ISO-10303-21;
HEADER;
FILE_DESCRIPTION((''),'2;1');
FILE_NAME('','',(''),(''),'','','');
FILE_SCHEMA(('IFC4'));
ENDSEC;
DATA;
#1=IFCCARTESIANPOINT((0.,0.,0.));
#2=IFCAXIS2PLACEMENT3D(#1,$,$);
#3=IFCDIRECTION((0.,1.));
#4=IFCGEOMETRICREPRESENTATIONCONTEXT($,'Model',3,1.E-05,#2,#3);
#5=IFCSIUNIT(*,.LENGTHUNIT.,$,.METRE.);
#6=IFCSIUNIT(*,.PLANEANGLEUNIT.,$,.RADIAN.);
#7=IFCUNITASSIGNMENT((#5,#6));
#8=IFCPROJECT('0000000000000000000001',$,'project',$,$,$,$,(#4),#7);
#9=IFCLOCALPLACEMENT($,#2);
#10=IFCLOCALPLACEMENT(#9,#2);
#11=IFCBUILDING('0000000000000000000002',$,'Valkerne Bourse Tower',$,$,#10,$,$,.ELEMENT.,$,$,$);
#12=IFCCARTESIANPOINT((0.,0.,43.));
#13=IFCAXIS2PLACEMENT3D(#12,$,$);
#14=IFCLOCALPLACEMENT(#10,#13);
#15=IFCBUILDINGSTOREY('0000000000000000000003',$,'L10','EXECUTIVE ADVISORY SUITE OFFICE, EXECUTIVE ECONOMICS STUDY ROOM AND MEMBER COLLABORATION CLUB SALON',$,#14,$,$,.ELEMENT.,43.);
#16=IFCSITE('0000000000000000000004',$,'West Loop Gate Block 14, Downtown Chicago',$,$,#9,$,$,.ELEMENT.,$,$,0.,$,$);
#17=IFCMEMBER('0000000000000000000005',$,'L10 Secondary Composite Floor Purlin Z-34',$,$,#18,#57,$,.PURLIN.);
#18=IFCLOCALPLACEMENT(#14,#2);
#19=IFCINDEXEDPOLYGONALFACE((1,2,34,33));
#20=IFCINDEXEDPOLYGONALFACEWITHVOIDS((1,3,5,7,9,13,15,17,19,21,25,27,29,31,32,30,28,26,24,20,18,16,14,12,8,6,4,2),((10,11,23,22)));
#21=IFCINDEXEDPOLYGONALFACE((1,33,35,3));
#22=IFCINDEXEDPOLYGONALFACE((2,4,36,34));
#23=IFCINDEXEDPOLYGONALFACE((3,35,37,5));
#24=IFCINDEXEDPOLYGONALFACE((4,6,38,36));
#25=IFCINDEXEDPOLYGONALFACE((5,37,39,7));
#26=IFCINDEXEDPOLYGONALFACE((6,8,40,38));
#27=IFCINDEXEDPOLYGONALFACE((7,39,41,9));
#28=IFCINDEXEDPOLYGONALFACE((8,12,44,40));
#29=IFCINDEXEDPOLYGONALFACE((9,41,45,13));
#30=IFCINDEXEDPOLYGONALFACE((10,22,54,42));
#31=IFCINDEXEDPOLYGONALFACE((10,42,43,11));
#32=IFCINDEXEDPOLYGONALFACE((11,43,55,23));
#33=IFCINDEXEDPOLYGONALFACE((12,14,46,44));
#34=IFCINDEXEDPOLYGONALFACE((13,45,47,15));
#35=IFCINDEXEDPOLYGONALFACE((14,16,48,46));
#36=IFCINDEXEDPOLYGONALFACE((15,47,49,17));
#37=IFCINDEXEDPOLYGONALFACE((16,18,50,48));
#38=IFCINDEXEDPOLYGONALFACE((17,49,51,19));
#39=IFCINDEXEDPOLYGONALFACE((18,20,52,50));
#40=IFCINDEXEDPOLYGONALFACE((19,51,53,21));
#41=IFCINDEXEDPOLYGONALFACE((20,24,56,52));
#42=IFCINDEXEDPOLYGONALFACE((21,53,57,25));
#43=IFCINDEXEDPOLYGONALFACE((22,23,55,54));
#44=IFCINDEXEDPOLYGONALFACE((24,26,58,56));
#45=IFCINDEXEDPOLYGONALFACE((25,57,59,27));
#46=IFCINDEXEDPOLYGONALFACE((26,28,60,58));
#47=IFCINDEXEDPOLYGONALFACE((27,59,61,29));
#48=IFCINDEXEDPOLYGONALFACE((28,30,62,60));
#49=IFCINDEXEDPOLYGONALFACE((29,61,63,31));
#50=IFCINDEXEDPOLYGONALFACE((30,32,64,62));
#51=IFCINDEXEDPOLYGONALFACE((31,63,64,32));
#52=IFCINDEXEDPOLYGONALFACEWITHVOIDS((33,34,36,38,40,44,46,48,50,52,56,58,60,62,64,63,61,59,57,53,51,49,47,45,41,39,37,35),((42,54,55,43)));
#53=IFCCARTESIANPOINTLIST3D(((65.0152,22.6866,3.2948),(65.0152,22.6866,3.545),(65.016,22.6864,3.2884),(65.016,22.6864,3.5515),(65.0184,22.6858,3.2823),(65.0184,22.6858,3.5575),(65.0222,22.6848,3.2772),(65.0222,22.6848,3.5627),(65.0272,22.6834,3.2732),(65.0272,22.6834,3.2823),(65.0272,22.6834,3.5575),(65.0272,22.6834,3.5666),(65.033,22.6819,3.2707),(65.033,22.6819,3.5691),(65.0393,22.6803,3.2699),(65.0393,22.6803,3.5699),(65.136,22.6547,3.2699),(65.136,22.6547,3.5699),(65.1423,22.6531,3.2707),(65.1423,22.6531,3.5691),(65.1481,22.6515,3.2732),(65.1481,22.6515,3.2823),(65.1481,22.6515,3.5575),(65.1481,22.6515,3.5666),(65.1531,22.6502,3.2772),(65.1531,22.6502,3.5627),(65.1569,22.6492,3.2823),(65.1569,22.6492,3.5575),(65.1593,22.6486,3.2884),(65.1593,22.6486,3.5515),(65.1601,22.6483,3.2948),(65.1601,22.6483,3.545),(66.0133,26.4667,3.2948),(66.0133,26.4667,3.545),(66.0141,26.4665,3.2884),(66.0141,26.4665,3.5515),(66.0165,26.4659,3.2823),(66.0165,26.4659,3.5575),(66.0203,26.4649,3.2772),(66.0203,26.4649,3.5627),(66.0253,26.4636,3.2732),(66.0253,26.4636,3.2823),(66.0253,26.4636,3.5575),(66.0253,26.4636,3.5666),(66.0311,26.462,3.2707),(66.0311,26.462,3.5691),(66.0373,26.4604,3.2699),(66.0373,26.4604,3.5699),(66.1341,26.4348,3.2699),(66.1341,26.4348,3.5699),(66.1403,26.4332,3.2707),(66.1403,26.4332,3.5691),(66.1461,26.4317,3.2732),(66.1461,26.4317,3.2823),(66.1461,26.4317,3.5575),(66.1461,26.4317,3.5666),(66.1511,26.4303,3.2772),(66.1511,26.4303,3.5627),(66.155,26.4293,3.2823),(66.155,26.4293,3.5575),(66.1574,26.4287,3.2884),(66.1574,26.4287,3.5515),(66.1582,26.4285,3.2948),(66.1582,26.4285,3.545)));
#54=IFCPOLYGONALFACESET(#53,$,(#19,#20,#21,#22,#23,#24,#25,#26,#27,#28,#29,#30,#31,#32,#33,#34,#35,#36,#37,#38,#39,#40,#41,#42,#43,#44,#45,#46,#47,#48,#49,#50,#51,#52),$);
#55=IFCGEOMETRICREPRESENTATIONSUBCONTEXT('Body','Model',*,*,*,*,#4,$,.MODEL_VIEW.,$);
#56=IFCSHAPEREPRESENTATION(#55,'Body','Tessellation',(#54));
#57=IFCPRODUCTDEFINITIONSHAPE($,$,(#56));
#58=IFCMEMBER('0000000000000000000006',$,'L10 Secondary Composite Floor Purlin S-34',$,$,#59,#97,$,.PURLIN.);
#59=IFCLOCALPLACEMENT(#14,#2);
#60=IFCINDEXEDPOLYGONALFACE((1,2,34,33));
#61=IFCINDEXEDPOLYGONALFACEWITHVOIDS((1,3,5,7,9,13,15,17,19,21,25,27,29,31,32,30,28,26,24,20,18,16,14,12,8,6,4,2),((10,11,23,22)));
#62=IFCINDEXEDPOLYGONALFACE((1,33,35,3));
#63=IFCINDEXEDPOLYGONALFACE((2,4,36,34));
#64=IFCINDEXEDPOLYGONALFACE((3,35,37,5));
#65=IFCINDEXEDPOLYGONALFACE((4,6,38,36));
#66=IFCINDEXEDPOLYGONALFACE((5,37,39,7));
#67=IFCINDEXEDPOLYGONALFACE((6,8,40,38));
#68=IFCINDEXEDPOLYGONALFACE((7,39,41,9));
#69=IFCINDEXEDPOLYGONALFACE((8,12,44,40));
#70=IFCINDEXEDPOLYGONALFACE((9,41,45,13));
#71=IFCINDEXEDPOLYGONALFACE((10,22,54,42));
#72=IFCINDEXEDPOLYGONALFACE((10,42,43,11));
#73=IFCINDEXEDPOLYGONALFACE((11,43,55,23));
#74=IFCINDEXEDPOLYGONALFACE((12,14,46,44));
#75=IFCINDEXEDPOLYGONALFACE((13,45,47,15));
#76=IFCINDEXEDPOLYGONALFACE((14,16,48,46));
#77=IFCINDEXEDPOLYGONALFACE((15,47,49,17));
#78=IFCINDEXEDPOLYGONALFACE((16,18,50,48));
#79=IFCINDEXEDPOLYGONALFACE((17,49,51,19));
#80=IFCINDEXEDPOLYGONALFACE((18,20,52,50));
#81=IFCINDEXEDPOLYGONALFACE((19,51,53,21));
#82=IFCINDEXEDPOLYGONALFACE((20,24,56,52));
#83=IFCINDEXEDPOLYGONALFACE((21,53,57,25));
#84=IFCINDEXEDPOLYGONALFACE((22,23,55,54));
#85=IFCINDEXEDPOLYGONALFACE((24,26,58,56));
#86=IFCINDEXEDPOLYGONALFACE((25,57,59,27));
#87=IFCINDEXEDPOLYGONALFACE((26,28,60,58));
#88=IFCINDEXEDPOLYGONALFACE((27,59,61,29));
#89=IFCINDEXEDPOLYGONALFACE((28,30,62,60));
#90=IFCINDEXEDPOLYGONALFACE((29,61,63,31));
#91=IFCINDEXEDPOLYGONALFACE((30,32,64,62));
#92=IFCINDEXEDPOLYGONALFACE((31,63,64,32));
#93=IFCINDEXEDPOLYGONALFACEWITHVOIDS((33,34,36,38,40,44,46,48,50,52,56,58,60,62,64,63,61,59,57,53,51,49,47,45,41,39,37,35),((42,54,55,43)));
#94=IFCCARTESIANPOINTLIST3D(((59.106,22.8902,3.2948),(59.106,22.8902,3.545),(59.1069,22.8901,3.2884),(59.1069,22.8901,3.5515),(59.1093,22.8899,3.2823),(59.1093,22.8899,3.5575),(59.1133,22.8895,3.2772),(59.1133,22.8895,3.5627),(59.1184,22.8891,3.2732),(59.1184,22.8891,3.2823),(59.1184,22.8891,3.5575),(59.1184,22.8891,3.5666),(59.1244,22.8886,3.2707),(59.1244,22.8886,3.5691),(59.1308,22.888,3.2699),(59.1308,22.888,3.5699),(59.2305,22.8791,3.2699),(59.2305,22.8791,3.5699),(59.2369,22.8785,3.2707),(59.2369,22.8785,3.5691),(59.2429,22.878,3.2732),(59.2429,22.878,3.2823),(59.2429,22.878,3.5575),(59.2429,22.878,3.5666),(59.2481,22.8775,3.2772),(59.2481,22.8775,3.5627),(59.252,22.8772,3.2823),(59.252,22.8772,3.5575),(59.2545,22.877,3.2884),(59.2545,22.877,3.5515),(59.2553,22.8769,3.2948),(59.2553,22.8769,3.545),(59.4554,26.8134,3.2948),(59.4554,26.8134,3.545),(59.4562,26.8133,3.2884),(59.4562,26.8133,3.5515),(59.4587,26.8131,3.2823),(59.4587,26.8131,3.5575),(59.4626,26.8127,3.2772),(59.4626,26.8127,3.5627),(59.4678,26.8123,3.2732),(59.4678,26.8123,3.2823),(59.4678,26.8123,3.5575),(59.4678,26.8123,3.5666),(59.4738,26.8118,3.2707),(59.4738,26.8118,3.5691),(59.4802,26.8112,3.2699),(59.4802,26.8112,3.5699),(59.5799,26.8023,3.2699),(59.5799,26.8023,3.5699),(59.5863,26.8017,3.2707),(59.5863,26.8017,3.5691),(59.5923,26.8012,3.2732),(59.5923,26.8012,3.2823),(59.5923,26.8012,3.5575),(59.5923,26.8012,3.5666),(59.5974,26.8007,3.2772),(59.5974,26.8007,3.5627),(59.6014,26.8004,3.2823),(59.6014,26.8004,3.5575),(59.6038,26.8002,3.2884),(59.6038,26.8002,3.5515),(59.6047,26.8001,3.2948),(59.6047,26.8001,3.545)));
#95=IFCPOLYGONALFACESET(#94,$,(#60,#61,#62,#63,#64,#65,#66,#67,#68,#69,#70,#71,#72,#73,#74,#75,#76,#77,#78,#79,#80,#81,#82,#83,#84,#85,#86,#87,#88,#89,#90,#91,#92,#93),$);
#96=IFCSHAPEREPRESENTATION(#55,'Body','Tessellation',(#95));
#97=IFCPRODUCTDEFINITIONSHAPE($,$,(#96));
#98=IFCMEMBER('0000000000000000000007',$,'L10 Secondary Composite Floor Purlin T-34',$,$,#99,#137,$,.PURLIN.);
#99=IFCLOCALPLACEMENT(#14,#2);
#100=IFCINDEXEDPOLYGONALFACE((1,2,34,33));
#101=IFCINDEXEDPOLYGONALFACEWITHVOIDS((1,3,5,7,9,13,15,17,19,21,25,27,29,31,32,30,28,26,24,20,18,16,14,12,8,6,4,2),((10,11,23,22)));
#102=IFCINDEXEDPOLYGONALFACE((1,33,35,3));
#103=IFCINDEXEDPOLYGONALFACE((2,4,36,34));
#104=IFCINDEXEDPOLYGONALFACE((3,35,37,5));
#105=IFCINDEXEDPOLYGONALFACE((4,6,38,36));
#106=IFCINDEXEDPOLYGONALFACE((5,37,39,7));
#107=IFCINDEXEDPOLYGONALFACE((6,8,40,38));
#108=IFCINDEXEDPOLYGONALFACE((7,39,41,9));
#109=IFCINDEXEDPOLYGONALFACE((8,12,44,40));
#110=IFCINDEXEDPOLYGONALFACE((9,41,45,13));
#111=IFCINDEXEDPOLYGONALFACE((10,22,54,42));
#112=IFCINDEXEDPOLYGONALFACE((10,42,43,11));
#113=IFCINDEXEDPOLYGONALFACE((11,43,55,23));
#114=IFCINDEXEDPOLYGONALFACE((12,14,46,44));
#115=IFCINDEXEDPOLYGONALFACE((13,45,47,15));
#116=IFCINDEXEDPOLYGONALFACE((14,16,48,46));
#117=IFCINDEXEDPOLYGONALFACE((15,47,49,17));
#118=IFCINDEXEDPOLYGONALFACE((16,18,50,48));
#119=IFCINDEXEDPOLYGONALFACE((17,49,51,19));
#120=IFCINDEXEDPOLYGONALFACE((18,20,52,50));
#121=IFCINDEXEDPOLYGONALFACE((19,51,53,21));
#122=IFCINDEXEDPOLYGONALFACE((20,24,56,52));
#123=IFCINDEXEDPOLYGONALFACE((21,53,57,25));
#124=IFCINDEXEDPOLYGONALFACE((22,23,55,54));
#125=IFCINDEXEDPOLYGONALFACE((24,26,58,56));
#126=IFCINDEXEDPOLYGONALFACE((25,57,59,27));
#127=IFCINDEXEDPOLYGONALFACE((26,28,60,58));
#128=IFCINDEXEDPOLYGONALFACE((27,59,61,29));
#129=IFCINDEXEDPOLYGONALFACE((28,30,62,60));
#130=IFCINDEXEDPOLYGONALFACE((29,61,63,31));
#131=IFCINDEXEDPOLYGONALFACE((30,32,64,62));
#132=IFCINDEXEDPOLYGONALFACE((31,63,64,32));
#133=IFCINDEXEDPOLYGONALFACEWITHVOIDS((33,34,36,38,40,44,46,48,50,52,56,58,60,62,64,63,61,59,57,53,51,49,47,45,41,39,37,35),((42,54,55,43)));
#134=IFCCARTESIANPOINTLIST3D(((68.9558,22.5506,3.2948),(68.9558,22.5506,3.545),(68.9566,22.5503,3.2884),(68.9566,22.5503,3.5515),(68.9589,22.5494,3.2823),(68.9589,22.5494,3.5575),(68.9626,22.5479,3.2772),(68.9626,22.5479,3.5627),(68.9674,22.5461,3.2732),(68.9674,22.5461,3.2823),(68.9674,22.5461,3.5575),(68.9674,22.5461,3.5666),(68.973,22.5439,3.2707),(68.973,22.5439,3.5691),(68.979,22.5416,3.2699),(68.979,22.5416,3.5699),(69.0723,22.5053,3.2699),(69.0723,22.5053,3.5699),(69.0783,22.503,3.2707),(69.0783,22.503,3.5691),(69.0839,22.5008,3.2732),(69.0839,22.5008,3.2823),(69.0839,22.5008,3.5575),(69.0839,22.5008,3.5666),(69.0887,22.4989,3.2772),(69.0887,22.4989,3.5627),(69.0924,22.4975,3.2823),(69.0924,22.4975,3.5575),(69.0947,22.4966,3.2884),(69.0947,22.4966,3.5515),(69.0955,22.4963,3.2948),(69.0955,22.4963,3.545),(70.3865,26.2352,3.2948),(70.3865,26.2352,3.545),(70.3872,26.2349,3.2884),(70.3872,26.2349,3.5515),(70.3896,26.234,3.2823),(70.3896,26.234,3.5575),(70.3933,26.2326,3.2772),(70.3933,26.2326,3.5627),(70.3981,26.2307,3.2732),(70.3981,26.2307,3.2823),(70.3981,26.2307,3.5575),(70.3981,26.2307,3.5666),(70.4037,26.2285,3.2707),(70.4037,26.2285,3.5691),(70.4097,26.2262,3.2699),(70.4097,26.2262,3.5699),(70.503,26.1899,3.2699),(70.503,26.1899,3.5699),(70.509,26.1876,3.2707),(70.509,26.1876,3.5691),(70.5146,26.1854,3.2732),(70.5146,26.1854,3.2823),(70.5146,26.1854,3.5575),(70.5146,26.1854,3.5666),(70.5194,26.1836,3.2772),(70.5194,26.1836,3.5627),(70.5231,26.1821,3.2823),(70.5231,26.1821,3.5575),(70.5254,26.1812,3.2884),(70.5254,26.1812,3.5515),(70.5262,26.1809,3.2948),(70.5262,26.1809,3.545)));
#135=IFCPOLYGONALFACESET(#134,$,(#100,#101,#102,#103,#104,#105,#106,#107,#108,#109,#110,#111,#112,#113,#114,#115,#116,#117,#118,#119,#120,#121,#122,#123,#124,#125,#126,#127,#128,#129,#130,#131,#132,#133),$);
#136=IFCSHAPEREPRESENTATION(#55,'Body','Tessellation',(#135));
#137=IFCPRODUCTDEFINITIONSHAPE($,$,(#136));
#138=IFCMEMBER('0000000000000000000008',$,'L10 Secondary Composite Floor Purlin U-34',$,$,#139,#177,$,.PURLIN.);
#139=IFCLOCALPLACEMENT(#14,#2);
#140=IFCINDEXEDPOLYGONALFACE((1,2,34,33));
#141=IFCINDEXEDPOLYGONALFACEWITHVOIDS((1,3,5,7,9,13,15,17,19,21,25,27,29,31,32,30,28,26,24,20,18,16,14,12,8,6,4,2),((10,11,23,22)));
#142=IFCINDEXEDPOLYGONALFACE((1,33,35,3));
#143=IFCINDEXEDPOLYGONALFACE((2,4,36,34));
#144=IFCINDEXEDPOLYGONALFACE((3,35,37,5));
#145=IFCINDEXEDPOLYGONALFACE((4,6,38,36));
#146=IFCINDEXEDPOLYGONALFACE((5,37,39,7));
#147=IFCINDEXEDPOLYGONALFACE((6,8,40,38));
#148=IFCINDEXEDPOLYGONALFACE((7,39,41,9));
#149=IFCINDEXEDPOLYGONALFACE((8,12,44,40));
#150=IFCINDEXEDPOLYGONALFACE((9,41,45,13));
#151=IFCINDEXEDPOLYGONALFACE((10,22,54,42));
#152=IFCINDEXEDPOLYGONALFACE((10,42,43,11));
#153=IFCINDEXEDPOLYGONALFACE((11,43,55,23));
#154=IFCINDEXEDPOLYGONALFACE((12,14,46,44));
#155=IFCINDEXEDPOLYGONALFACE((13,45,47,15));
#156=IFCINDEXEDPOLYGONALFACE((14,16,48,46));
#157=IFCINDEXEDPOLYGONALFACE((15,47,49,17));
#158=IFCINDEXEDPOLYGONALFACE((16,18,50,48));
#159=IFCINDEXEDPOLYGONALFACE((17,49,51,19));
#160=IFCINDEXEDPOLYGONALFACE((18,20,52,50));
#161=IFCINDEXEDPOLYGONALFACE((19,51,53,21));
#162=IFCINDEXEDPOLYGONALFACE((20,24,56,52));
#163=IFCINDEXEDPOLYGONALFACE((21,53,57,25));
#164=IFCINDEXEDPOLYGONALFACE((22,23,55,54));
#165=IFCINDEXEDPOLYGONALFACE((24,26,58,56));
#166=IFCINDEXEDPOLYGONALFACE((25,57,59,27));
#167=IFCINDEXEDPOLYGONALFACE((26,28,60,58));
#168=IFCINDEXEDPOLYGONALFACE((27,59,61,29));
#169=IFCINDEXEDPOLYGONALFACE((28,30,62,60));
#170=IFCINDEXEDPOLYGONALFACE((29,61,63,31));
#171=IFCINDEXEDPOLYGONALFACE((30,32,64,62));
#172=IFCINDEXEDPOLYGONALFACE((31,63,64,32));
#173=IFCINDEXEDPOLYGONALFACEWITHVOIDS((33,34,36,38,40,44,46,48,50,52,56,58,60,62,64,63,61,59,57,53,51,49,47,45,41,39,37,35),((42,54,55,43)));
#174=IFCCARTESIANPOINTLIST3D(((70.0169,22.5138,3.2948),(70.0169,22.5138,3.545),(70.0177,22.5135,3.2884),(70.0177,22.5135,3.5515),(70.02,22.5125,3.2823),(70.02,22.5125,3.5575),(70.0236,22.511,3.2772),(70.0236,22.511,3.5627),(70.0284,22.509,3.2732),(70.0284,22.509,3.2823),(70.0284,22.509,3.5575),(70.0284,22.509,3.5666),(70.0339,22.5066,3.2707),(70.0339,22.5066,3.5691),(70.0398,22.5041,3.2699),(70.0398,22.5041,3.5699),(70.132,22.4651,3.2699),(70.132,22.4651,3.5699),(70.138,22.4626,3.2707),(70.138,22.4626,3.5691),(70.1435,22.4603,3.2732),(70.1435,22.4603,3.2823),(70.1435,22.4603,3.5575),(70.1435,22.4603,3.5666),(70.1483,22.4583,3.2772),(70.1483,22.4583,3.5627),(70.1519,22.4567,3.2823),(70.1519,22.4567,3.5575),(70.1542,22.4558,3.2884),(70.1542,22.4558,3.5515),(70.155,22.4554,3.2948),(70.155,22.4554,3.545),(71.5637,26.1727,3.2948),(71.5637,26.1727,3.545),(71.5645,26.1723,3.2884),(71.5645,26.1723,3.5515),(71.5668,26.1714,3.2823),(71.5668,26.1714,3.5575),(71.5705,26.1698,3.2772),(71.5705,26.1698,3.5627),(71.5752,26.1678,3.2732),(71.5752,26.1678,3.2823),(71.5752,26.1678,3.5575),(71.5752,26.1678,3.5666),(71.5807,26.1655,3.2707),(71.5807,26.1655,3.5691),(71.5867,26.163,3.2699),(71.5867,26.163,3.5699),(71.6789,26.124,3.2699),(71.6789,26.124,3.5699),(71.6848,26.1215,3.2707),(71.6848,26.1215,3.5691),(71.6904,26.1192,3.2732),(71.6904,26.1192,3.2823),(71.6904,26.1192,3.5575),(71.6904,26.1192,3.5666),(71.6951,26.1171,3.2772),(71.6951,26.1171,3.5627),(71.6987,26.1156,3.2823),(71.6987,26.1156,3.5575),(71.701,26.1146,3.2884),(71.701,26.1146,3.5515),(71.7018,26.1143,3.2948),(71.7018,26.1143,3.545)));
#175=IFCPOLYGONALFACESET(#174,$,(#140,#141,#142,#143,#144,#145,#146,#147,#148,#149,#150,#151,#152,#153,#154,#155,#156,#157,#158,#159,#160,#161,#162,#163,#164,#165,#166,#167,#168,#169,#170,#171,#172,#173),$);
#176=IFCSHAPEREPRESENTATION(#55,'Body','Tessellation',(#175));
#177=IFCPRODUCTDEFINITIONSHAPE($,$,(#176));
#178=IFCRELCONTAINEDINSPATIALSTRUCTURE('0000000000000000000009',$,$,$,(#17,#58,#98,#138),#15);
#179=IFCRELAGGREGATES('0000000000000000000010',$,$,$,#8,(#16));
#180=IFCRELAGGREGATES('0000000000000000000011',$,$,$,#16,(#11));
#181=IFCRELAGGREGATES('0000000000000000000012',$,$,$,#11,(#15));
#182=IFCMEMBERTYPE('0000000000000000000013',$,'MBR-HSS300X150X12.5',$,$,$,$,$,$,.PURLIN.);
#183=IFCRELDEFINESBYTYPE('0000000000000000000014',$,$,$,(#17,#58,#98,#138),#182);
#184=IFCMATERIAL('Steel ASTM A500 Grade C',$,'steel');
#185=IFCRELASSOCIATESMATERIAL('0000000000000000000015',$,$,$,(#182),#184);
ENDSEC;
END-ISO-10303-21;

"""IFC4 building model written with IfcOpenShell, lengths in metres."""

from ifc_helpers import new_model, si_unit, direction, frame, origin, origin_2d, place, context, subcontext, project, spatial, hollow_rectangle, extrude, material, material_profile, profile_set, type_object, element, save


model = new_model("IFC4")

# Units and contexts
model_context = context("Model", 3, precision=1e-05, world=origin(), true_north=direction((0.0, 1.0)))
body_context = subcontext(model_context, "Body", "Model", "MODEL_VIEW")
ifc_project = project(units=[si_unit("LENGTHUNIT", "METRE"), si_unit("PLANEANGLEUNIT", "RADIAN")], contexts=[model_context])

# Site, building, storey
site_placement = place(None, origin())
site = spatial("IfcSite", under=ifc_project, at=site_placement, Name="West Loop Gate Block 14, Downtown Chicago", CompositionType="ELEMENT", RefElevation=0.0)
building_placement = place(site_placement, origin())
building = spatial("IfcBuilding", under=site, at=building_placement, Name="Valkerne Bourse Tower", CompositionType="ELEMENT")
storey_placement = place(building_placement, frame((0.0, 0.0, 43.0)))
storey = spatial("IfcBuildingStorey", under=building, at=storey_placement, Name="L10", Description="EXECUTIVE ADVISORY SUITE OFFICE, EXECUTIVE ECONOMICS STUDY ROOM AND MEMBER COLLABORATION CLUB SALON", CompositionType="ELEMENT", Elevation=43.0)

# Members
ifc_material_1 = material(Name="Steel ASTM A500 Grade C", Category="steel")
ifc_material_profile_1 = material_profile(ifc_material_1, hollow_rectangle(XDim=0.1499, YDim=0.3, WallThickness=0.0125, OuterFilletRadius=0.0249, at=origin_2d()), Name="HSS300X150X12.5")
ifc_profile_set_1 = profile_set([ifc_material_profile_1], Name="Steel ASTM A500 Grade C")
member_type_1 = type_object("IfcMemberType", Name="MBR-HSS300X150X12.5", PredefinedType="PURLIN", material=ifc_profile_set_1)
member_1_placement = place(storey_placement, frame((65.0876, 22.6675, 3.4199), z_axis=(0.255283, 0.966866, 0.0), x_axis=(-0.966866, 0.255283, 0.0)))
element("IfcMember", 1, at=member_1_placement, inside=storey, type_object=member_type_1, Name="L10 Secondary Composite Floor Purlin Z-34", PredefinedType="PURLIN", context=body_context, shape_type="SweptSolid", body=[
    extrude(hollow_rectangle(XDim=0.1499, YDim=0.3, WallThickness=0.0125, OuterFilletRadius=0.0249, at=origin_2d()), origin(), (0.0, 0.0, 1.0), 3.9097),
])
member_2_placement = place(storey_placement, frame((59.1807, 22.8835, 3.4199), z_axis=(0.088702, 0.996058, 0.0), x_axis=(-0.996058, 0.088702, 0.0)))
element("IfcMember", 2, at=member_2_placement, inside=storey, type_object=member_type_1, Name="L10 Secondary Composite Floor Purlin S-34", PredefinedType="PURLIN", context=body_context, shape_type="SweptSolid", body=[
    extrude(hollow_rectangle(XDim=0.1499, YDim=0.3, WallThickness=0.0125, OuterFilletRadius=0.0249, at=origin_2d()), origin(), (0.0, 0.0, 1.0), 3.9387),
])
member_3_placement = place(storey_placement, frame((69.0256, 22.5234, 3.4199), z_axis=(0.361957, 0.932195, 0.0), x_axis=(-0.932195, 0.361957, 0.0)))
element("IfcMember", 3, at=member_3_placement, inside=storey, type_object=member_type_1, Name="L10 Secondary Composite Floor Purlin T-34", PredefinedType="PURLIN", context=body_context, shape_type="SweptSolid", body=[
    extrude(hollow_rectangle(XDim=0.1499, YDim=0.3, WallThickness=0.0125, OuterFilletRadius=0.0249, at=origin_2d()), origin(), (0.0, 0.0, 1.0), 3.9526),
])
member_4_placement = place(storey_placement, frame((70.0859, 22.4846, 3.4199), z_axis=(0.389397, 0.92107, 0.0), x_axis=(-0.92107, 0.389397, 0.0)))
element("IfcMember", 4, at=member_4_placement, inside=storey, type_object=member_type_1, Name="L10 Secondary Composite Floor Purlin U-34", PredefinedType="PURLIN", context=body_context, shape_type="SweptSolid", body=[
    extrude(hollow_rectangle(XDim=0.1499, YDim=0.3, WallThickness=0.0125, OuterFilletRadius=0.0249, at=origin_2d()), origin(), (0.0, 0.0, 1.0), 3.9724),
])

save(model, "model.ifc")
